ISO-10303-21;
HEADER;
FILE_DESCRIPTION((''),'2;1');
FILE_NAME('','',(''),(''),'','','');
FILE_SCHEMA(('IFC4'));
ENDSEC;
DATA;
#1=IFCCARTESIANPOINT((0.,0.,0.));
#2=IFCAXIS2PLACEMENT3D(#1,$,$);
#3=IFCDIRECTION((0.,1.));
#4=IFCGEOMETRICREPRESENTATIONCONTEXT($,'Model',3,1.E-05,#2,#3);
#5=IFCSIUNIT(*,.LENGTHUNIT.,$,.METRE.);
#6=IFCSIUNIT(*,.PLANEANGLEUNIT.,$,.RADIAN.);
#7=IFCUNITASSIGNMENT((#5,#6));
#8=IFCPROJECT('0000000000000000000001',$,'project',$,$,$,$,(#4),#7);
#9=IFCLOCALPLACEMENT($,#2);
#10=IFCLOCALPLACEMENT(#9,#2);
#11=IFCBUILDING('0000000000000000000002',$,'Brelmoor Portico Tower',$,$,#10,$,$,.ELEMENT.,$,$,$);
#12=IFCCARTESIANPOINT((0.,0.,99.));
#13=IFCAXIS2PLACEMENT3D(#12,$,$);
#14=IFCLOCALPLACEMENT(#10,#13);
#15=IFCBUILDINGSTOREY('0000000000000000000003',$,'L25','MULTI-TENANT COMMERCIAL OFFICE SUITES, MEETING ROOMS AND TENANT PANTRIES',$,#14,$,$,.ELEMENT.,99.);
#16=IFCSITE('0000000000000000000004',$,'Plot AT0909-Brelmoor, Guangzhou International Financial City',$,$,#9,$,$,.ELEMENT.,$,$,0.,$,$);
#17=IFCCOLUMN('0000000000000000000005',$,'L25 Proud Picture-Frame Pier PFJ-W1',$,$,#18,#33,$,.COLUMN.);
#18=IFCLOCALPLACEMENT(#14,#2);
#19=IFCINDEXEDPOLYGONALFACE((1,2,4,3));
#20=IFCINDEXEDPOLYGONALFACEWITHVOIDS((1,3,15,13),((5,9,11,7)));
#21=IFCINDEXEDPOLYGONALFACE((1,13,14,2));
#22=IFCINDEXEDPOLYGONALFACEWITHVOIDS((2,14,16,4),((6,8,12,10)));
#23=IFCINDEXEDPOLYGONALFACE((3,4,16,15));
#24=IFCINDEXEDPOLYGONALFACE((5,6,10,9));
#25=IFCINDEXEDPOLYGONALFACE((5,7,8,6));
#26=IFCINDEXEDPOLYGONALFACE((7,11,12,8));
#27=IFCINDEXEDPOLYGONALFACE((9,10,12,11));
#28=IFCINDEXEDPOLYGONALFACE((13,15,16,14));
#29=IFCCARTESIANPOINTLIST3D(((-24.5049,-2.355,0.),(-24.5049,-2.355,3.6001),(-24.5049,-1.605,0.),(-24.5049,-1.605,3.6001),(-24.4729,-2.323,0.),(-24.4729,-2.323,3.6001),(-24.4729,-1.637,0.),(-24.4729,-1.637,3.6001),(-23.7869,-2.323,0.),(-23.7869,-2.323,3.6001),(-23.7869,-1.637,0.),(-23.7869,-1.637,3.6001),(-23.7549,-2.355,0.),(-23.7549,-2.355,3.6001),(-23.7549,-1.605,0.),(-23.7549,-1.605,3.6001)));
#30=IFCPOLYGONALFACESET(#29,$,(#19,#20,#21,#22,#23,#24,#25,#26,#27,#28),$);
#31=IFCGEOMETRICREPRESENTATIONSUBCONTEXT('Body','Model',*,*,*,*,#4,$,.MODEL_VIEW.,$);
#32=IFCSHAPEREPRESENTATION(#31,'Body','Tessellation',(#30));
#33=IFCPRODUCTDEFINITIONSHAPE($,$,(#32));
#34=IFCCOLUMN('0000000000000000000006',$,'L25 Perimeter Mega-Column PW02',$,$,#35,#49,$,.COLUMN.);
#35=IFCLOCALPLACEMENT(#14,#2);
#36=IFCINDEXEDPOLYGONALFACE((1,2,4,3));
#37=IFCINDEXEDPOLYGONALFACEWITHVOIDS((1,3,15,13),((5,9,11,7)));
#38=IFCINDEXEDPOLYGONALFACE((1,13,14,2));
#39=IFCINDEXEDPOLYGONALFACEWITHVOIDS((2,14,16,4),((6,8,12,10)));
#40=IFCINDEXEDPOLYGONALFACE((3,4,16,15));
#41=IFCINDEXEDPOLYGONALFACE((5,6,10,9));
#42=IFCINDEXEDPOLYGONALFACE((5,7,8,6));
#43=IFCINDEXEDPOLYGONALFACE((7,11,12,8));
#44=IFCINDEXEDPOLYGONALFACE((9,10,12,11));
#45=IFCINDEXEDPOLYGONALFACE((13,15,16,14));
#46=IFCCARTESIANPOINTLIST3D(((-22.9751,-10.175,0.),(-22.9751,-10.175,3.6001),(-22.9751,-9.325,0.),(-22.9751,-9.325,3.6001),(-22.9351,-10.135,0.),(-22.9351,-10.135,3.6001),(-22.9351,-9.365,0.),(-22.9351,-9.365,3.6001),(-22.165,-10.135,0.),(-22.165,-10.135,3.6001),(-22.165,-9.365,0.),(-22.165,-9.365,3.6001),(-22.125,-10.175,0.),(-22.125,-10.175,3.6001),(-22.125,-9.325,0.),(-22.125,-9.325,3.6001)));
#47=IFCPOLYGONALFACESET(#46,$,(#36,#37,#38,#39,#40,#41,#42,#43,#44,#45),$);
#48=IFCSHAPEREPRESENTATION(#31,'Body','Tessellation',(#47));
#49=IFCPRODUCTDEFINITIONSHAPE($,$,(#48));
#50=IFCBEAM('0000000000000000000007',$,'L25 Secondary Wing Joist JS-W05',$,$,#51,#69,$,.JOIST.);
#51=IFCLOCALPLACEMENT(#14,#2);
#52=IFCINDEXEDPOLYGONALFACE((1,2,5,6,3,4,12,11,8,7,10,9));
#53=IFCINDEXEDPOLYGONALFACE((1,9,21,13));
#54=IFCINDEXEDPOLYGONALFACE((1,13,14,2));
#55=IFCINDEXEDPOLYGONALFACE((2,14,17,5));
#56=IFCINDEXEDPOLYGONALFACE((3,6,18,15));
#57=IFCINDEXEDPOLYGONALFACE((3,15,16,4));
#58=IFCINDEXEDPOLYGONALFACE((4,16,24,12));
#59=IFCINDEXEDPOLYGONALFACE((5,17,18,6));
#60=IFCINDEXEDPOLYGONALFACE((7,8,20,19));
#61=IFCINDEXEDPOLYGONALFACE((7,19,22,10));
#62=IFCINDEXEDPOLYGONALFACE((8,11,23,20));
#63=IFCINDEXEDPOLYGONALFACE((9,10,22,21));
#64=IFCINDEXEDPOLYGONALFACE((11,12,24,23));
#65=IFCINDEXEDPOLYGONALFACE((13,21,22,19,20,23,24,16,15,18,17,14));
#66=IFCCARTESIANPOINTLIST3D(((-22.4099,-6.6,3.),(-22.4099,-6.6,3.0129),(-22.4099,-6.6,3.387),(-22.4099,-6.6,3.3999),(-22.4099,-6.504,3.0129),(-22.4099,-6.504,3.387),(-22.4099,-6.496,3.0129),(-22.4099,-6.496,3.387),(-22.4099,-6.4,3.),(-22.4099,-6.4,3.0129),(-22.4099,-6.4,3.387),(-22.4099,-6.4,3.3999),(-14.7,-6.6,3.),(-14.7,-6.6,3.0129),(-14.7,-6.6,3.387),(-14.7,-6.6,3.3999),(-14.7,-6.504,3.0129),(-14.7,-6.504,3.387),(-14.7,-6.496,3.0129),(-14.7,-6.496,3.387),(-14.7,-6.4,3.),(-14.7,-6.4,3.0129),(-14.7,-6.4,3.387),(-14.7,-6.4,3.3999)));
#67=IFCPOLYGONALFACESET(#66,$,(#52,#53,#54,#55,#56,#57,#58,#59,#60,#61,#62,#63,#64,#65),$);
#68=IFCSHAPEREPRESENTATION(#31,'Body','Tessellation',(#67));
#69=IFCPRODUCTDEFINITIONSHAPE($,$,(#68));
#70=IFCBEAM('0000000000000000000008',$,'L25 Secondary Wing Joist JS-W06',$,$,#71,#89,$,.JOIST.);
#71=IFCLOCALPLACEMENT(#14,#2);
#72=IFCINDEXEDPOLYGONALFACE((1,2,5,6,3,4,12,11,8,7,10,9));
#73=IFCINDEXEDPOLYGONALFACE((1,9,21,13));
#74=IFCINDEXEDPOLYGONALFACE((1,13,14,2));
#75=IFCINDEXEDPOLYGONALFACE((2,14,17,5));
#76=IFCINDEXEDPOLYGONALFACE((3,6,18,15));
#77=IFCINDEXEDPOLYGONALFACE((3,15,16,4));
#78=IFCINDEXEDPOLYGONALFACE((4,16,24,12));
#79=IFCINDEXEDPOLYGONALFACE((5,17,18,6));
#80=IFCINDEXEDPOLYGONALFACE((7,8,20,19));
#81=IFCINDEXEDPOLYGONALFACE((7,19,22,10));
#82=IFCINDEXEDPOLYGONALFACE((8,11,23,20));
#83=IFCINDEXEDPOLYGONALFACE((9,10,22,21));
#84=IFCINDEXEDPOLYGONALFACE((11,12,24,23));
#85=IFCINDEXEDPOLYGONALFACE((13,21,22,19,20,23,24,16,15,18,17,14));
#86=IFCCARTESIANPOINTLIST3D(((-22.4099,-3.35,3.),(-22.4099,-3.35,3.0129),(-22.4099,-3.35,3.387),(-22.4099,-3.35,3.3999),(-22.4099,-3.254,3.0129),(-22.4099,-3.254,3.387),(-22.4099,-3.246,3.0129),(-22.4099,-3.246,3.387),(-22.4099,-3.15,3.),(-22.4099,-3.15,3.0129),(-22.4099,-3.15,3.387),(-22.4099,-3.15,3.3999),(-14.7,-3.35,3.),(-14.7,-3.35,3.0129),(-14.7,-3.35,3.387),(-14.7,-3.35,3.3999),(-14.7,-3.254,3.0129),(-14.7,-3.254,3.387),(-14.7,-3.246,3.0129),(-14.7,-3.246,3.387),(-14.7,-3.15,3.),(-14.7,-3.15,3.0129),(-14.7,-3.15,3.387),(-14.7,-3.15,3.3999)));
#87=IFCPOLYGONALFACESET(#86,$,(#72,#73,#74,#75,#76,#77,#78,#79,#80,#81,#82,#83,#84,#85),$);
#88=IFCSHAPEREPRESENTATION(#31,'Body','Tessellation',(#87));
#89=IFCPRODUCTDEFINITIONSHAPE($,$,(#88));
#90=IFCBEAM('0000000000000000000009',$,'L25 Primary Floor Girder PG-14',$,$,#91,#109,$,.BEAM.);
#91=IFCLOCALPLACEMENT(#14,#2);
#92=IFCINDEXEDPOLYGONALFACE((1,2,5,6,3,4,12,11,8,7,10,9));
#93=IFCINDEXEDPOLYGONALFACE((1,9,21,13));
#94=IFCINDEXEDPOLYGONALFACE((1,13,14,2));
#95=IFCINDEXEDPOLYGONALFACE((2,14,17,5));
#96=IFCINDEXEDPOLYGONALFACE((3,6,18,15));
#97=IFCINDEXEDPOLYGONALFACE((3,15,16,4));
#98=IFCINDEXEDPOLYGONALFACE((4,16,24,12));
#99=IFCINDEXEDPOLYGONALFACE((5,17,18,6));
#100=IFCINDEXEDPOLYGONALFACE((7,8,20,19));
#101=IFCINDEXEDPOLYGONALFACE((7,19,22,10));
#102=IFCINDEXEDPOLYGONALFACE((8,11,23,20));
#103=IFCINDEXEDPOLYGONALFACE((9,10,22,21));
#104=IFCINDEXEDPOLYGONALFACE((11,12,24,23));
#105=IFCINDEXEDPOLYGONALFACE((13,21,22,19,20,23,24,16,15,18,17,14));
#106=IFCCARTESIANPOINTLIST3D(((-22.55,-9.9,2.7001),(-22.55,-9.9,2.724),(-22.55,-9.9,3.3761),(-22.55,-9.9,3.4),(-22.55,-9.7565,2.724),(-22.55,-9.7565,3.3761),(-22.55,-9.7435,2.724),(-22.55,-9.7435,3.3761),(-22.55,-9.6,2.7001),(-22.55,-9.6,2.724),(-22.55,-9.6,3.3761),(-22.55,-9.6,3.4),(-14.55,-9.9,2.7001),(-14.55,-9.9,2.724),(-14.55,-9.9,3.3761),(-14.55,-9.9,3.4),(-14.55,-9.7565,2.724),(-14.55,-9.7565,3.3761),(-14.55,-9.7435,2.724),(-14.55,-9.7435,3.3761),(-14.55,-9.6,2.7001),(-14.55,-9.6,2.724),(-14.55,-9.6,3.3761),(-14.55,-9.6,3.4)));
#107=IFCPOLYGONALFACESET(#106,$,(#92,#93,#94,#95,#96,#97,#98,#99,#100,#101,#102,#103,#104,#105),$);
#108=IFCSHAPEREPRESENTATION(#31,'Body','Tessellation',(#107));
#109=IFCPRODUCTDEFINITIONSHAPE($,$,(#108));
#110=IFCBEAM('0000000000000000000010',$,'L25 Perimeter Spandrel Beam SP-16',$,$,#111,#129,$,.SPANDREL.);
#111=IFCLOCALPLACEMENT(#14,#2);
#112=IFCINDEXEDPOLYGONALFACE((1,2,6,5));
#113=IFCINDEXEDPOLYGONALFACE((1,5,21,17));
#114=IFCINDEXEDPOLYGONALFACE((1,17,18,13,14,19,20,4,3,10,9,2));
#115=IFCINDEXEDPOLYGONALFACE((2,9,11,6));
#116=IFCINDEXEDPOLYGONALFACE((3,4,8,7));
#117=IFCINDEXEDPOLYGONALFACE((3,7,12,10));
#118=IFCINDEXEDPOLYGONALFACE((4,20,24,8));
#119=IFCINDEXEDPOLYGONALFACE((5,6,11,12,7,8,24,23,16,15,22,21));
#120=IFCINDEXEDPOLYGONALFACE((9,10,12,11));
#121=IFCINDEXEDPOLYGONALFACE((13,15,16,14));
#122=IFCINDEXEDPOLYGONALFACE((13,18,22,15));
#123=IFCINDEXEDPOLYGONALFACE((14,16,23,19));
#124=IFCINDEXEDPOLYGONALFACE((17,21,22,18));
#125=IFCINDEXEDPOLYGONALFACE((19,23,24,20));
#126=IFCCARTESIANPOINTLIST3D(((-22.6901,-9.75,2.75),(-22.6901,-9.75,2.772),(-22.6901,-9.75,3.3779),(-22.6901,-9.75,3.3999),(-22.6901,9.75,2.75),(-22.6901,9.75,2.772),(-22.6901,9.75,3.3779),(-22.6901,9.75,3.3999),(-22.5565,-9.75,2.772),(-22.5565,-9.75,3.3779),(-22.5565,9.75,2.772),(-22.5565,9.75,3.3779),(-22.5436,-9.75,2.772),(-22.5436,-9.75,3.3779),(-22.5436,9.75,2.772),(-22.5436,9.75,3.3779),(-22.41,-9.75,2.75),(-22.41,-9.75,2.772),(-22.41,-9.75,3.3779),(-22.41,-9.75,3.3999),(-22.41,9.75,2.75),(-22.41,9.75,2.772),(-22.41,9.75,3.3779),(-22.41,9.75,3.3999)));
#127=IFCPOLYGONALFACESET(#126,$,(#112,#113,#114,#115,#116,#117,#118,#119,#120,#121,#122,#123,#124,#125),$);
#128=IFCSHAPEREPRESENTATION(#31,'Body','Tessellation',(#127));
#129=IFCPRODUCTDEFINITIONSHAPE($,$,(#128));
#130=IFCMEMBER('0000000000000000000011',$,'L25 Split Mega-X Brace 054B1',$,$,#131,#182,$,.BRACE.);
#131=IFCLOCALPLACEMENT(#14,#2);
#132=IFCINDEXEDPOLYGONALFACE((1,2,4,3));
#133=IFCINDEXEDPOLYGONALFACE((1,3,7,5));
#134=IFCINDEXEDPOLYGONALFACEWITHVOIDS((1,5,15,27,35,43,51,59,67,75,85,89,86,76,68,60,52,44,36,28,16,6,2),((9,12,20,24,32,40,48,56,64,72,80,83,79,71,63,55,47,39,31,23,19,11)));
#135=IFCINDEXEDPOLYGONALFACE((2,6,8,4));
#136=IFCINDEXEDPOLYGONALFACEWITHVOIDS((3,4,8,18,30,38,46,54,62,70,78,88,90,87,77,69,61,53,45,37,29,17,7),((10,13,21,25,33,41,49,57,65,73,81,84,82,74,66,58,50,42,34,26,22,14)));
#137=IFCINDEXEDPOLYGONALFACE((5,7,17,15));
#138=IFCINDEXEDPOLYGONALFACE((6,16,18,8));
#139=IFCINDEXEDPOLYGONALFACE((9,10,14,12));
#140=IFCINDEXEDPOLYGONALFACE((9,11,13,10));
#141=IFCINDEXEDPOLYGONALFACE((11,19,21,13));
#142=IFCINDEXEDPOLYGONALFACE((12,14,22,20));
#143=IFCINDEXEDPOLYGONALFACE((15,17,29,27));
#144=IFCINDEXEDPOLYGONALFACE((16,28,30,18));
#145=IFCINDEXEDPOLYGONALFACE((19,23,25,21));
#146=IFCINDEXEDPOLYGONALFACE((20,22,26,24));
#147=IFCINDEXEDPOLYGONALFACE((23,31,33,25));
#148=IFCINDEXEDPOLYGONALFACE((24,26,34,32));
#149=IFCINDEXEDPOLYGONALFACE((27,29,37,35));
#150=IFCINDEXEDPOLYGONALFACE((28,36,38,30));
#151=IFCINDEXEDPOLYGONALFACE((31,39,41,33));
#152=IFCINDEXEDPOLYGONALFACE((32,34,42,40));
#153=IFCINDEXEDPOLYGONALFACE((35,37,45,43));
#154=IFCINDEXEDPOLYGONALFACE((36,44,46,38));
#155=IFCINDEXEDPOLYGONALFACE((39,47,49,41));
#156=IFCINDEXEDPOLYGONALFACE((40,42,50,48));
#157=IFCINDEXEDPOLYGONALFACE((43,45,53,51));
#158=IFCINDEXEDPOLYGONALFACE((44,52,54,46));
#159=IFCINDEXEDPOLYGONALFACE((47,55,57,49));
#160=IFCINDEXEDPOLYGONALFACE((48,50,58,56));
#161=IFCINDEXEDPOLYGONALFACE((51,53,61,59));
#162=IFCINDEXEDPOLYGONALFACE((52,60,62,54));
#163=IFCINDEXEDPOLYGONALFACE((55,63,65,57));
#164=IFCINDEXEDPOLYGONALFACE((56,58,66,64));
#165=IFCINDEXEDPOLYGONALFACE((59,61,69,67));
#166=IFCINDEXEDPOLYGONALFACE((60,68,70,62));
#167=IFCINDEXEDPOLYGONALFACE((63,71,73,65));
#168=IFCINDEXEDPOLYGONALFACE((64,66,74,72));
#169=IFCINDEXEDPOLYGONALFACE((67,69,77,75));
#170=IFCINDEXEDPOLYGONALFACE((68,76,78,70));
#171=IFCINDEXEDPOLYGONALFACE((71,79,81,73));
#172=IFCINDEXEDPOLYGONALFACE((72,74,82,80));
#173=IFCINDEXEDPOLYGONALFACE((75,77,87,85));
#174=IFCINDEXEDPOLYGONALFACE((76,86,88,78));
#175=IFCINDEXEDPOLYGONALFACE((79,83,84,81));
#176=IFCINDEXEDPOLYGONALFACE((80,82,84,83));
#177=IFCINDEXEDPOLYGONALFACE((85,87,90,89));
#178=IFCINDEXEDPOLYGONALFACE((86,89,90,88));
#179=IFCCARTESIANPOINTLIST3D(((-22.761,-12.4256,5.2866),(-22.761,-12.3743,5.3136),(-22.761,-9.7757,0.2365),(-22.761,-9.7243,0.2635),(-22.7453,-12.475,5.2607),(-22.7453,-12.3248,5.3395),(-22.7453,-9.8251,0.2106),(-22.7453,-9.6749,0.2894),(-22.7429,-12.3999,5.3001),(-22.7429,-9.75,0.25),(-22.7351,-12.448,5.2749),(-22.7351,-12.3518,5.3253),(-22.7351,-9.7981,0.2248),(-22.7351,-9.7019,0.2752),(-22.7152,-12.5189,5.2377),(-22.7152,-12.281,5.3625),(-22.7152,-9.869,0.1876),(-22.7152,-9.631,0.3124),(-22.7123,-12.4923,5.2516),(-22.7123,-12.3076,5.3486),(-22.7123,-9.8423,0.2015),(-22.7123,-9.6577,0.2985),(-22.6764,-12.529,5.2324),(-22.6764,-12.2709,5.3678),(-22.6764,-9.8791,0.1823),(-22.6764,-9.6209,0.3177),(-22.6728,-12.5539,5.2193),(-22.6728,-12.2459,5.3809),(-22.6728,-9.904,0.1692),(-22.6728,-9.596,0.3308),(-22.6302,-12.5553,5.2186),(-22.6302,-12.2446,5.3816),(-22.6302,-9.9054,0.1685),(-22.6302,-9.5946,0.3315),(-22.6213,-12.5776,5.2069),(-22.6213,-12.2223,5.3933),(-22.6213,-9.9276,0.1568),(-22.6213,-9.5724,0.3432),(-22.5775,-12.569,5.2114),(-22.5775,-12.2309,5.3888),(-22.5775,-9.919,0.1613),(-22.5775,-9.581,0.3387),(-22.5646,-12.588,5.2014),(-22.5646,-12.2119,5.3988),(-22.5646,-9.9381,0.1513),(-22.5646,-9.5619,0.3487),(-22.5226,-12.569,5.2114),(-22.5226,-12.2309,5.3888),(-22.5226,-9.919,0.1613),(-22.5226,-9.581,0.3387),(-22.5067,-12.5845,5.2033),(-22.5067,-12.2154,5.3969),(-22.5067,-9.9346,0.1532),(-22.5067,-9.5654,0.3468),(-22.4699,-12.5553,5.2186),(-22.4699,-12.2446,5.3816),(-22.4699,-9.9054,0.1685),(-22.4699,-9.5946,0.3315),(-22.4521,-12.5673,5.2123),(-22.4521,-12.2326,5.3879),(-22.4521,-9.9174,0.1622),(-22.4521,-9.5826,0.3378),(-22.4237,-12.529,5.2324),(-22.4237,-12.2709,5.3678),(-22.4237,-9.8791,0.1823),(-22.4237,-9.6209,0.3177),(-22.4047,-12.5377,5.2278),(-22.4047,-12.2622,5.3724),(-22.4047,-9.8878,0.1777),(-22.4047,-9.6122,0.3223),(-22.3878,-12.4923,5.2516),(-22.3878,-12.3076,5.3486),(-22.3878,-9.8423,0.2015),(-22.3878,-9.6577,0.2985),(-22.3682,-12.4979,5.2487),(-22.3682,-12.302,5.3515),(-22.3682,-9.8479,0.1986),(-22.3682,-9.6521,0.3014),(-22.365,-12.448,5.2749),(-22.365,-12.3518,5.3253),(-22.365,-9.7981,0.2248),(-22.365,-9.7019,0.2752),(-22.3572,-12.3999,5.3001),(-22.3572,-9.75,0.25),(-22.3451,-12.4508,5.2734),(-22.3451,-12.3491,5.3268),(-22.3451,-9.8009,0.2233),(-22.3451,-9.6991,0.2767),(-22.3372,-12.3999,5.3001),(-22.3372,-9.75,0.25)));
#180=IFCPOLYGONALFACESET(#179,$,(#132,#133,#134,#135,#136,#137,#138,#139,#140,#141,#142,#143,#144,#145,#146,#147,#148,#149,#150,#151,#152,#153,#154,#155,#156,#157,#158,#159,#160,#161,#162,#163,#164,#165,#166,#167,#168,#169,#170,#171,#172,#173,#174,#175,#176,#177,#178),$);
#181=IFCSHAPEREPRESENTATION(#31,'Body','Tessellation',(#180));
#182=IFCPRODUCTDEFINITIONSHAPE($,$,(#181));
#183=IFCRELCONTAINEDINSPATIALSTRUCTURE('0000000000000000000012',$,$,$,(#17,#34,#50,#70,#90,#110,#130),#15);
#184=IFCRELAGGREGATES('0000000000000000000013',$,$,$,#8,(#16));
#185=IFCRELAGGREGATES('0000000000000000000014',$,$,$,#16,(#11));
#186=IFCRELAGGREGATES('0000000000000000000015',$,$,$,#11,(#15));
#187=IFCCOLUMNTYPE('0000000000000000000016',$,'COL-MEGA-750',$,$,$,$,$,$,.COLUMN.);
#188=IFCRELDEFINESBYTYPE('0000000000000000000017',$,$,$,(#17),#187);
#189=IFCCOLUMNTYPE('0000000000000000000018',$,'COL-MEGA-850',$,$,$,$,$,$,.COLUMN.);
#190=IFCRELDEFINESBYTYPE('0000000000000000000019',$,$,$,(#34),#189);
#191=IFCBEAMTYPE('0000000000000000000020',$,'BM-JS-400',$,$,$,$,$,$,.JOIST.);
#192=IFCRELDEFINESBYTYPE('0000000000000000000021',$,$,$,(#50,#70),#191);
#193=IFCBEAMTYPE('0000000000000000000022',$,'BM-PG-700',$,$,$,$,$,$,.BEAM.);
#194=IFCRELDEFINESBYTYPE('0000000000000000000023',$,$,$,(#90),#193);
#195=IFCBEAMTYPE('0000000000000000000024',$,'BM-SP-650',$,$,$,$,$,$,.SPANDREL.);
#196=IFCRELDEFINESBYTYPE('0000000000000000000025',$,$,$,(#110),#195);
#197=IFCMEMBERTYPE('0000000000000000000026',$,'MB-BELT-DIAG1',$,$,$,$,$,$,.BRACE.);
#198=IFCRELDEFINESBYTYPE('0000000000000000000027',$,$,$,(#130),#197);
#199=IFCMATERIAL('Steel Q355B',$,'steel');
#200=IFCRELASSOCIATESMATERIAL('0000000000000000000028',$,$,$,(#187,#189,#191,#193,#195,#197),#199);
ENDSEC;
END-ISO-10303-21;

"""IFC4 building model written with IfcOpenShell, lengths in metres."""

from ifc_helpers import new_model, si_unit, direction, frame, origin, origin_2d, place, context, subcontext, project, spatial, hollow_rectangle, hollow_circle, i_section, extrude, material, material_profile, profile_set, type_object, element, save


model = new_model("IFC4")

# Units and contexts
model_context = context("Model", 3, precision=1e-05, world=origin(), true_north=direction((0.0, 1.0)))
body_context = subcontext(model_context, "Body", "Model", "MODEL_VIEW")
ifc_project = project(units=[si_unit("LENGTHUNIT", "METRE"), si_unit("PLANEANGLEUNIT", "RADIAN")], contexts=[model_context])

# Site, building, storey
site_placement = place(None, origin())
site = spatial("IfcSite", under=ifc_project, at=site_placement, Name="Plot AT0909-Brelmoor, Guangzhou International Financial City", CompositionType="ELEMENT", RefElevation=0.0)
building_placement = place(site_placement, origin())
building = spatial("IfcBuilding", under=site, at=building_placement, Name="Brelmoor Portico Tower", CompositionType="ELEMENT")
storey_placement = place(building_placement, frame((0.0, 0.0, 99.0)))
storey = spatial("IfcBuildingStorey", under=building, at=storey_placement, Name="L25", Description="MULTI-TENANT COMMERCIAL OFFICE SUITES, MEETING ROOMS AND TENANT PANTRIES", CompositionType="ELEMENT", Elevation=99.0)

# Columns
ifc_material_1 = material(Name="Steel Q355B", Category="steel")
ifc_material_profile_1 = material_profile(ifc_material_1, hollow_rectangle(XDim=0.75, YDim=0.75, WallThickness=0.032, at=origin_2d()), Name="BOX 750x750x32")
ifc_profile_set_1 = profile_set([ifc_material_profile_1], Name="Steel Q355B")
column_type_1 = type_object("IfcColumnType", Name="COL-MEGA-750", PredefinedType="COLUMN", material=ifc_profile_set_1)
column_1_placement = place(storey_placement, frame((-24.1299, -1.98, 0.0), z_axis=(0.0, 0.0, 1.0), x_axis=(0.0, 1.0, 0.0)))
element("IfcColumn", 1, at=column_1_placement, inside=storey, type_object=column_type_1, Name="L25 Proud Picture-Frame Pier PFJ-W1", PredefinedType="COLUMN", context=body_context, shape_type="SweptSolid", body=[
    extrude(hollow_rectangle(XDim=0.75, YDim=0.75, WallThickness=0.032, at=origin_2d()), origin(), (0.0, 0.0, 1.0), 3.6001),
])
ifc_material_profile_2 = material_profile(ifc_material_1, hollow_rectangle(XDim=0.8501, YDim=0.8501, WallThickness=0.04, at=origin_2d()), Name="BOX 850x850x40")
ifc_profile_set_2 = profile_set([ifc_material_profile_2], Name="Steel Q355B")
column_type_2 = type_object("IfcColumnType", Name="COL-MEGA-850", PredefinedType="COLUMN", material=ifc_profile_set_2)
column_2_placement = place(storey_placement, frame((-22.55, -9.75, 0.0), z_axis=(0.0, 0.0, 1.0), x_axis=(0.0, 1.0, 0.0)))
element("IfcColumn", 2, at=column_2_placement, inside=storey, type_object=column_type_2, Name="L25 Perimeter Mega-Column PW02", PredefinedType="COLUMN", context=body_context, shape_type="SweptSolid", body=[
    extrude(hollow_rectangle(XDim=0.8501, YDim=0.8501, WallThickness=0.04, at=origin_2d()), origin(), (0.0, 0.0, 1.0), 3.6001),
])

# Beams
ifc_material_profile_3 = material_profile(ifc_material_1, i_section(OverallWidth=0.2, OverallDepth=0.3999, WebThickness=0.0081, FlangeThickness=0.0129, at=origin_2d()), Name="HN 400x200x8x13")
ifc_profile_set_3 = profile_set([ifc_material_profile_3], Name="Steel Q355B")
beam_type_1 = type_object("IfcBeamType", Name="BM-JS-400", PredefinedType="JOIST", material=ifc_profile_set_3)
for number, where, z_axis, x_axis, name in (
    (3, (-22.4099, -6.5, 3.2), (1.0, 0.0, 0.0), (0.0, 1.0, 0.0), "L25 Secondary Wing Joist JS-W05"),
    (4, (-22.4099, -3.25, 3.2), (1.0, 0.0, 0.0), (0.0, 1.0, 0.0), "L25 Secondary Wing Joist JS-W06"),
):
    element("IfcBeam", number, at=place(storey_placement, frame(where, z_axis=z_axis, x_axis=x_axis)), inside=storey, type_object=beam_type_1, Name=name, PredefinedType="JOIST", context=body_context, shape_type="SweptSolid", body=[
        extrude(i_section(OverallWidth=0.2, OverallDepth=0.3999, WebThickness=0.0081, FlangeThickness=0.0129, at=origin_2d()), origin(), (0.0, 0.0, 1.0), 7.71),
    ])
ifc_material_profile_4 = material_profile(ifc_material_1, i_section(OverallWidth=0.3, OverallDepth=0.7, WebThickness=0.0129, FlangeThickness=0.0239, at=origin_2d()), Name="HN 700x300x13x24")
ifc_profile_set_4 = profile_set([ifc_material_profile_4], Name="Steel Q355B")
beam_type_2 = type_object("IfcBeamType", Name="BM-PG-700", PredefinedType="BEAM", material=ifc_profile_set_4)
beam_1_placement = place(storey_placement, frame((-22.55, -9.75, 3.05), z_axis=(1.0, 0.0, 0.0), x_axis=(0.0, 1.0, 0.0)))
element("IfcBeam", 5, at=beam_1_placement, inside=storey, type_object=beam_type_2, Name="L25 Primary Floor Girder PG-14", PredefinedType="BEAM", context=body_context, shape_type="SweptSolid", body=[
    extrude(i_section(OverallWidth=0.3, OverallDepth=0.7, WebThickness=0.0129, FlangeThickness=0.0239, at=origin_2d()), origin(), (0.0, 0.0, 1.0), 8.0),
])
ifc_material_profile_5 = material_profile(ifc_material_1, i_section(OverallWidth=0.28, OverallDepth=0.6499, WebThickness=0.0129, FlangeThickness=0.022, at=origin_2d()), Name="HN 650x280x13x22")
ifc_profile_set_5 = profile_set([ifc_material_profile_5], Name="Steel Q355B")
beam_type_3 = type_object("IfcBeamType", Name="BM-SP-650", PredefinedType="SPANDREL", material=ifc_profile_set_5)
beam_2_placement = place(storey_placement, frame((-22.55, -9.75, 3.075), z_axis=(0.0, 1.0, 0.0), x_axis=(-1.0, 0.0, 0.0)))
element("IfcBeam", 6, at=beam_2_placement, inside=storey, type_object=beam_type_3, Name="L25 Perimeter Spandrel Beam SP-16", PredefinedType="SPANDREL", context=body_context, shape_type="SweptSolid", body=[
    extrude(i_section(OverallWidth=0.28, OverallDepth=0.6499, WebThickness=0.0129, FlangeThickness=0.022, at=origin_2d()), origin(), (0.0, 0.0, 1.0), 19.5),
])

# Member
ifc_material_profile_6 = material_profile(ifc_material_1, hollow_circle(Radius=0.2129, WallThickness=0.02, at=origin_2d()), Name="CHS 426x20")
ifc_profile_set_6 = profile_set([ifc_material_profile_6], Name="Steel Q355B")
member_type_1 = type_object("IfcMemberType", Name="MB-BELT-DIAG1", PredefinedType="BRACE", material=ifc_profile_set_6)
for number, where, z_axis, x_axis, name in (
    (7, (-22.55, -9.75, 0.25), (0.0, -0.464645, 0.885497), (1.0, 0.0, 0.0), "L25 Split Mega-X Brace 054B1"),
):
    element("IfcMember", number, at=place(storey_placement, frame(where, z_axis=z_axis, x_axis=x_axis)), inside=storey, type_object=member_type_1, Name=name, PredefinedType="BRACE", context=body_context, shape_type="SweptSolid", body=[
        extrude(hollow_circle(Radius=0.2129, WallThickness=0.02, at=origin_2d()), origin(), (0.0, 0.0, 1.0), 5.7031),
    ])

save(model, "model.ifc")
